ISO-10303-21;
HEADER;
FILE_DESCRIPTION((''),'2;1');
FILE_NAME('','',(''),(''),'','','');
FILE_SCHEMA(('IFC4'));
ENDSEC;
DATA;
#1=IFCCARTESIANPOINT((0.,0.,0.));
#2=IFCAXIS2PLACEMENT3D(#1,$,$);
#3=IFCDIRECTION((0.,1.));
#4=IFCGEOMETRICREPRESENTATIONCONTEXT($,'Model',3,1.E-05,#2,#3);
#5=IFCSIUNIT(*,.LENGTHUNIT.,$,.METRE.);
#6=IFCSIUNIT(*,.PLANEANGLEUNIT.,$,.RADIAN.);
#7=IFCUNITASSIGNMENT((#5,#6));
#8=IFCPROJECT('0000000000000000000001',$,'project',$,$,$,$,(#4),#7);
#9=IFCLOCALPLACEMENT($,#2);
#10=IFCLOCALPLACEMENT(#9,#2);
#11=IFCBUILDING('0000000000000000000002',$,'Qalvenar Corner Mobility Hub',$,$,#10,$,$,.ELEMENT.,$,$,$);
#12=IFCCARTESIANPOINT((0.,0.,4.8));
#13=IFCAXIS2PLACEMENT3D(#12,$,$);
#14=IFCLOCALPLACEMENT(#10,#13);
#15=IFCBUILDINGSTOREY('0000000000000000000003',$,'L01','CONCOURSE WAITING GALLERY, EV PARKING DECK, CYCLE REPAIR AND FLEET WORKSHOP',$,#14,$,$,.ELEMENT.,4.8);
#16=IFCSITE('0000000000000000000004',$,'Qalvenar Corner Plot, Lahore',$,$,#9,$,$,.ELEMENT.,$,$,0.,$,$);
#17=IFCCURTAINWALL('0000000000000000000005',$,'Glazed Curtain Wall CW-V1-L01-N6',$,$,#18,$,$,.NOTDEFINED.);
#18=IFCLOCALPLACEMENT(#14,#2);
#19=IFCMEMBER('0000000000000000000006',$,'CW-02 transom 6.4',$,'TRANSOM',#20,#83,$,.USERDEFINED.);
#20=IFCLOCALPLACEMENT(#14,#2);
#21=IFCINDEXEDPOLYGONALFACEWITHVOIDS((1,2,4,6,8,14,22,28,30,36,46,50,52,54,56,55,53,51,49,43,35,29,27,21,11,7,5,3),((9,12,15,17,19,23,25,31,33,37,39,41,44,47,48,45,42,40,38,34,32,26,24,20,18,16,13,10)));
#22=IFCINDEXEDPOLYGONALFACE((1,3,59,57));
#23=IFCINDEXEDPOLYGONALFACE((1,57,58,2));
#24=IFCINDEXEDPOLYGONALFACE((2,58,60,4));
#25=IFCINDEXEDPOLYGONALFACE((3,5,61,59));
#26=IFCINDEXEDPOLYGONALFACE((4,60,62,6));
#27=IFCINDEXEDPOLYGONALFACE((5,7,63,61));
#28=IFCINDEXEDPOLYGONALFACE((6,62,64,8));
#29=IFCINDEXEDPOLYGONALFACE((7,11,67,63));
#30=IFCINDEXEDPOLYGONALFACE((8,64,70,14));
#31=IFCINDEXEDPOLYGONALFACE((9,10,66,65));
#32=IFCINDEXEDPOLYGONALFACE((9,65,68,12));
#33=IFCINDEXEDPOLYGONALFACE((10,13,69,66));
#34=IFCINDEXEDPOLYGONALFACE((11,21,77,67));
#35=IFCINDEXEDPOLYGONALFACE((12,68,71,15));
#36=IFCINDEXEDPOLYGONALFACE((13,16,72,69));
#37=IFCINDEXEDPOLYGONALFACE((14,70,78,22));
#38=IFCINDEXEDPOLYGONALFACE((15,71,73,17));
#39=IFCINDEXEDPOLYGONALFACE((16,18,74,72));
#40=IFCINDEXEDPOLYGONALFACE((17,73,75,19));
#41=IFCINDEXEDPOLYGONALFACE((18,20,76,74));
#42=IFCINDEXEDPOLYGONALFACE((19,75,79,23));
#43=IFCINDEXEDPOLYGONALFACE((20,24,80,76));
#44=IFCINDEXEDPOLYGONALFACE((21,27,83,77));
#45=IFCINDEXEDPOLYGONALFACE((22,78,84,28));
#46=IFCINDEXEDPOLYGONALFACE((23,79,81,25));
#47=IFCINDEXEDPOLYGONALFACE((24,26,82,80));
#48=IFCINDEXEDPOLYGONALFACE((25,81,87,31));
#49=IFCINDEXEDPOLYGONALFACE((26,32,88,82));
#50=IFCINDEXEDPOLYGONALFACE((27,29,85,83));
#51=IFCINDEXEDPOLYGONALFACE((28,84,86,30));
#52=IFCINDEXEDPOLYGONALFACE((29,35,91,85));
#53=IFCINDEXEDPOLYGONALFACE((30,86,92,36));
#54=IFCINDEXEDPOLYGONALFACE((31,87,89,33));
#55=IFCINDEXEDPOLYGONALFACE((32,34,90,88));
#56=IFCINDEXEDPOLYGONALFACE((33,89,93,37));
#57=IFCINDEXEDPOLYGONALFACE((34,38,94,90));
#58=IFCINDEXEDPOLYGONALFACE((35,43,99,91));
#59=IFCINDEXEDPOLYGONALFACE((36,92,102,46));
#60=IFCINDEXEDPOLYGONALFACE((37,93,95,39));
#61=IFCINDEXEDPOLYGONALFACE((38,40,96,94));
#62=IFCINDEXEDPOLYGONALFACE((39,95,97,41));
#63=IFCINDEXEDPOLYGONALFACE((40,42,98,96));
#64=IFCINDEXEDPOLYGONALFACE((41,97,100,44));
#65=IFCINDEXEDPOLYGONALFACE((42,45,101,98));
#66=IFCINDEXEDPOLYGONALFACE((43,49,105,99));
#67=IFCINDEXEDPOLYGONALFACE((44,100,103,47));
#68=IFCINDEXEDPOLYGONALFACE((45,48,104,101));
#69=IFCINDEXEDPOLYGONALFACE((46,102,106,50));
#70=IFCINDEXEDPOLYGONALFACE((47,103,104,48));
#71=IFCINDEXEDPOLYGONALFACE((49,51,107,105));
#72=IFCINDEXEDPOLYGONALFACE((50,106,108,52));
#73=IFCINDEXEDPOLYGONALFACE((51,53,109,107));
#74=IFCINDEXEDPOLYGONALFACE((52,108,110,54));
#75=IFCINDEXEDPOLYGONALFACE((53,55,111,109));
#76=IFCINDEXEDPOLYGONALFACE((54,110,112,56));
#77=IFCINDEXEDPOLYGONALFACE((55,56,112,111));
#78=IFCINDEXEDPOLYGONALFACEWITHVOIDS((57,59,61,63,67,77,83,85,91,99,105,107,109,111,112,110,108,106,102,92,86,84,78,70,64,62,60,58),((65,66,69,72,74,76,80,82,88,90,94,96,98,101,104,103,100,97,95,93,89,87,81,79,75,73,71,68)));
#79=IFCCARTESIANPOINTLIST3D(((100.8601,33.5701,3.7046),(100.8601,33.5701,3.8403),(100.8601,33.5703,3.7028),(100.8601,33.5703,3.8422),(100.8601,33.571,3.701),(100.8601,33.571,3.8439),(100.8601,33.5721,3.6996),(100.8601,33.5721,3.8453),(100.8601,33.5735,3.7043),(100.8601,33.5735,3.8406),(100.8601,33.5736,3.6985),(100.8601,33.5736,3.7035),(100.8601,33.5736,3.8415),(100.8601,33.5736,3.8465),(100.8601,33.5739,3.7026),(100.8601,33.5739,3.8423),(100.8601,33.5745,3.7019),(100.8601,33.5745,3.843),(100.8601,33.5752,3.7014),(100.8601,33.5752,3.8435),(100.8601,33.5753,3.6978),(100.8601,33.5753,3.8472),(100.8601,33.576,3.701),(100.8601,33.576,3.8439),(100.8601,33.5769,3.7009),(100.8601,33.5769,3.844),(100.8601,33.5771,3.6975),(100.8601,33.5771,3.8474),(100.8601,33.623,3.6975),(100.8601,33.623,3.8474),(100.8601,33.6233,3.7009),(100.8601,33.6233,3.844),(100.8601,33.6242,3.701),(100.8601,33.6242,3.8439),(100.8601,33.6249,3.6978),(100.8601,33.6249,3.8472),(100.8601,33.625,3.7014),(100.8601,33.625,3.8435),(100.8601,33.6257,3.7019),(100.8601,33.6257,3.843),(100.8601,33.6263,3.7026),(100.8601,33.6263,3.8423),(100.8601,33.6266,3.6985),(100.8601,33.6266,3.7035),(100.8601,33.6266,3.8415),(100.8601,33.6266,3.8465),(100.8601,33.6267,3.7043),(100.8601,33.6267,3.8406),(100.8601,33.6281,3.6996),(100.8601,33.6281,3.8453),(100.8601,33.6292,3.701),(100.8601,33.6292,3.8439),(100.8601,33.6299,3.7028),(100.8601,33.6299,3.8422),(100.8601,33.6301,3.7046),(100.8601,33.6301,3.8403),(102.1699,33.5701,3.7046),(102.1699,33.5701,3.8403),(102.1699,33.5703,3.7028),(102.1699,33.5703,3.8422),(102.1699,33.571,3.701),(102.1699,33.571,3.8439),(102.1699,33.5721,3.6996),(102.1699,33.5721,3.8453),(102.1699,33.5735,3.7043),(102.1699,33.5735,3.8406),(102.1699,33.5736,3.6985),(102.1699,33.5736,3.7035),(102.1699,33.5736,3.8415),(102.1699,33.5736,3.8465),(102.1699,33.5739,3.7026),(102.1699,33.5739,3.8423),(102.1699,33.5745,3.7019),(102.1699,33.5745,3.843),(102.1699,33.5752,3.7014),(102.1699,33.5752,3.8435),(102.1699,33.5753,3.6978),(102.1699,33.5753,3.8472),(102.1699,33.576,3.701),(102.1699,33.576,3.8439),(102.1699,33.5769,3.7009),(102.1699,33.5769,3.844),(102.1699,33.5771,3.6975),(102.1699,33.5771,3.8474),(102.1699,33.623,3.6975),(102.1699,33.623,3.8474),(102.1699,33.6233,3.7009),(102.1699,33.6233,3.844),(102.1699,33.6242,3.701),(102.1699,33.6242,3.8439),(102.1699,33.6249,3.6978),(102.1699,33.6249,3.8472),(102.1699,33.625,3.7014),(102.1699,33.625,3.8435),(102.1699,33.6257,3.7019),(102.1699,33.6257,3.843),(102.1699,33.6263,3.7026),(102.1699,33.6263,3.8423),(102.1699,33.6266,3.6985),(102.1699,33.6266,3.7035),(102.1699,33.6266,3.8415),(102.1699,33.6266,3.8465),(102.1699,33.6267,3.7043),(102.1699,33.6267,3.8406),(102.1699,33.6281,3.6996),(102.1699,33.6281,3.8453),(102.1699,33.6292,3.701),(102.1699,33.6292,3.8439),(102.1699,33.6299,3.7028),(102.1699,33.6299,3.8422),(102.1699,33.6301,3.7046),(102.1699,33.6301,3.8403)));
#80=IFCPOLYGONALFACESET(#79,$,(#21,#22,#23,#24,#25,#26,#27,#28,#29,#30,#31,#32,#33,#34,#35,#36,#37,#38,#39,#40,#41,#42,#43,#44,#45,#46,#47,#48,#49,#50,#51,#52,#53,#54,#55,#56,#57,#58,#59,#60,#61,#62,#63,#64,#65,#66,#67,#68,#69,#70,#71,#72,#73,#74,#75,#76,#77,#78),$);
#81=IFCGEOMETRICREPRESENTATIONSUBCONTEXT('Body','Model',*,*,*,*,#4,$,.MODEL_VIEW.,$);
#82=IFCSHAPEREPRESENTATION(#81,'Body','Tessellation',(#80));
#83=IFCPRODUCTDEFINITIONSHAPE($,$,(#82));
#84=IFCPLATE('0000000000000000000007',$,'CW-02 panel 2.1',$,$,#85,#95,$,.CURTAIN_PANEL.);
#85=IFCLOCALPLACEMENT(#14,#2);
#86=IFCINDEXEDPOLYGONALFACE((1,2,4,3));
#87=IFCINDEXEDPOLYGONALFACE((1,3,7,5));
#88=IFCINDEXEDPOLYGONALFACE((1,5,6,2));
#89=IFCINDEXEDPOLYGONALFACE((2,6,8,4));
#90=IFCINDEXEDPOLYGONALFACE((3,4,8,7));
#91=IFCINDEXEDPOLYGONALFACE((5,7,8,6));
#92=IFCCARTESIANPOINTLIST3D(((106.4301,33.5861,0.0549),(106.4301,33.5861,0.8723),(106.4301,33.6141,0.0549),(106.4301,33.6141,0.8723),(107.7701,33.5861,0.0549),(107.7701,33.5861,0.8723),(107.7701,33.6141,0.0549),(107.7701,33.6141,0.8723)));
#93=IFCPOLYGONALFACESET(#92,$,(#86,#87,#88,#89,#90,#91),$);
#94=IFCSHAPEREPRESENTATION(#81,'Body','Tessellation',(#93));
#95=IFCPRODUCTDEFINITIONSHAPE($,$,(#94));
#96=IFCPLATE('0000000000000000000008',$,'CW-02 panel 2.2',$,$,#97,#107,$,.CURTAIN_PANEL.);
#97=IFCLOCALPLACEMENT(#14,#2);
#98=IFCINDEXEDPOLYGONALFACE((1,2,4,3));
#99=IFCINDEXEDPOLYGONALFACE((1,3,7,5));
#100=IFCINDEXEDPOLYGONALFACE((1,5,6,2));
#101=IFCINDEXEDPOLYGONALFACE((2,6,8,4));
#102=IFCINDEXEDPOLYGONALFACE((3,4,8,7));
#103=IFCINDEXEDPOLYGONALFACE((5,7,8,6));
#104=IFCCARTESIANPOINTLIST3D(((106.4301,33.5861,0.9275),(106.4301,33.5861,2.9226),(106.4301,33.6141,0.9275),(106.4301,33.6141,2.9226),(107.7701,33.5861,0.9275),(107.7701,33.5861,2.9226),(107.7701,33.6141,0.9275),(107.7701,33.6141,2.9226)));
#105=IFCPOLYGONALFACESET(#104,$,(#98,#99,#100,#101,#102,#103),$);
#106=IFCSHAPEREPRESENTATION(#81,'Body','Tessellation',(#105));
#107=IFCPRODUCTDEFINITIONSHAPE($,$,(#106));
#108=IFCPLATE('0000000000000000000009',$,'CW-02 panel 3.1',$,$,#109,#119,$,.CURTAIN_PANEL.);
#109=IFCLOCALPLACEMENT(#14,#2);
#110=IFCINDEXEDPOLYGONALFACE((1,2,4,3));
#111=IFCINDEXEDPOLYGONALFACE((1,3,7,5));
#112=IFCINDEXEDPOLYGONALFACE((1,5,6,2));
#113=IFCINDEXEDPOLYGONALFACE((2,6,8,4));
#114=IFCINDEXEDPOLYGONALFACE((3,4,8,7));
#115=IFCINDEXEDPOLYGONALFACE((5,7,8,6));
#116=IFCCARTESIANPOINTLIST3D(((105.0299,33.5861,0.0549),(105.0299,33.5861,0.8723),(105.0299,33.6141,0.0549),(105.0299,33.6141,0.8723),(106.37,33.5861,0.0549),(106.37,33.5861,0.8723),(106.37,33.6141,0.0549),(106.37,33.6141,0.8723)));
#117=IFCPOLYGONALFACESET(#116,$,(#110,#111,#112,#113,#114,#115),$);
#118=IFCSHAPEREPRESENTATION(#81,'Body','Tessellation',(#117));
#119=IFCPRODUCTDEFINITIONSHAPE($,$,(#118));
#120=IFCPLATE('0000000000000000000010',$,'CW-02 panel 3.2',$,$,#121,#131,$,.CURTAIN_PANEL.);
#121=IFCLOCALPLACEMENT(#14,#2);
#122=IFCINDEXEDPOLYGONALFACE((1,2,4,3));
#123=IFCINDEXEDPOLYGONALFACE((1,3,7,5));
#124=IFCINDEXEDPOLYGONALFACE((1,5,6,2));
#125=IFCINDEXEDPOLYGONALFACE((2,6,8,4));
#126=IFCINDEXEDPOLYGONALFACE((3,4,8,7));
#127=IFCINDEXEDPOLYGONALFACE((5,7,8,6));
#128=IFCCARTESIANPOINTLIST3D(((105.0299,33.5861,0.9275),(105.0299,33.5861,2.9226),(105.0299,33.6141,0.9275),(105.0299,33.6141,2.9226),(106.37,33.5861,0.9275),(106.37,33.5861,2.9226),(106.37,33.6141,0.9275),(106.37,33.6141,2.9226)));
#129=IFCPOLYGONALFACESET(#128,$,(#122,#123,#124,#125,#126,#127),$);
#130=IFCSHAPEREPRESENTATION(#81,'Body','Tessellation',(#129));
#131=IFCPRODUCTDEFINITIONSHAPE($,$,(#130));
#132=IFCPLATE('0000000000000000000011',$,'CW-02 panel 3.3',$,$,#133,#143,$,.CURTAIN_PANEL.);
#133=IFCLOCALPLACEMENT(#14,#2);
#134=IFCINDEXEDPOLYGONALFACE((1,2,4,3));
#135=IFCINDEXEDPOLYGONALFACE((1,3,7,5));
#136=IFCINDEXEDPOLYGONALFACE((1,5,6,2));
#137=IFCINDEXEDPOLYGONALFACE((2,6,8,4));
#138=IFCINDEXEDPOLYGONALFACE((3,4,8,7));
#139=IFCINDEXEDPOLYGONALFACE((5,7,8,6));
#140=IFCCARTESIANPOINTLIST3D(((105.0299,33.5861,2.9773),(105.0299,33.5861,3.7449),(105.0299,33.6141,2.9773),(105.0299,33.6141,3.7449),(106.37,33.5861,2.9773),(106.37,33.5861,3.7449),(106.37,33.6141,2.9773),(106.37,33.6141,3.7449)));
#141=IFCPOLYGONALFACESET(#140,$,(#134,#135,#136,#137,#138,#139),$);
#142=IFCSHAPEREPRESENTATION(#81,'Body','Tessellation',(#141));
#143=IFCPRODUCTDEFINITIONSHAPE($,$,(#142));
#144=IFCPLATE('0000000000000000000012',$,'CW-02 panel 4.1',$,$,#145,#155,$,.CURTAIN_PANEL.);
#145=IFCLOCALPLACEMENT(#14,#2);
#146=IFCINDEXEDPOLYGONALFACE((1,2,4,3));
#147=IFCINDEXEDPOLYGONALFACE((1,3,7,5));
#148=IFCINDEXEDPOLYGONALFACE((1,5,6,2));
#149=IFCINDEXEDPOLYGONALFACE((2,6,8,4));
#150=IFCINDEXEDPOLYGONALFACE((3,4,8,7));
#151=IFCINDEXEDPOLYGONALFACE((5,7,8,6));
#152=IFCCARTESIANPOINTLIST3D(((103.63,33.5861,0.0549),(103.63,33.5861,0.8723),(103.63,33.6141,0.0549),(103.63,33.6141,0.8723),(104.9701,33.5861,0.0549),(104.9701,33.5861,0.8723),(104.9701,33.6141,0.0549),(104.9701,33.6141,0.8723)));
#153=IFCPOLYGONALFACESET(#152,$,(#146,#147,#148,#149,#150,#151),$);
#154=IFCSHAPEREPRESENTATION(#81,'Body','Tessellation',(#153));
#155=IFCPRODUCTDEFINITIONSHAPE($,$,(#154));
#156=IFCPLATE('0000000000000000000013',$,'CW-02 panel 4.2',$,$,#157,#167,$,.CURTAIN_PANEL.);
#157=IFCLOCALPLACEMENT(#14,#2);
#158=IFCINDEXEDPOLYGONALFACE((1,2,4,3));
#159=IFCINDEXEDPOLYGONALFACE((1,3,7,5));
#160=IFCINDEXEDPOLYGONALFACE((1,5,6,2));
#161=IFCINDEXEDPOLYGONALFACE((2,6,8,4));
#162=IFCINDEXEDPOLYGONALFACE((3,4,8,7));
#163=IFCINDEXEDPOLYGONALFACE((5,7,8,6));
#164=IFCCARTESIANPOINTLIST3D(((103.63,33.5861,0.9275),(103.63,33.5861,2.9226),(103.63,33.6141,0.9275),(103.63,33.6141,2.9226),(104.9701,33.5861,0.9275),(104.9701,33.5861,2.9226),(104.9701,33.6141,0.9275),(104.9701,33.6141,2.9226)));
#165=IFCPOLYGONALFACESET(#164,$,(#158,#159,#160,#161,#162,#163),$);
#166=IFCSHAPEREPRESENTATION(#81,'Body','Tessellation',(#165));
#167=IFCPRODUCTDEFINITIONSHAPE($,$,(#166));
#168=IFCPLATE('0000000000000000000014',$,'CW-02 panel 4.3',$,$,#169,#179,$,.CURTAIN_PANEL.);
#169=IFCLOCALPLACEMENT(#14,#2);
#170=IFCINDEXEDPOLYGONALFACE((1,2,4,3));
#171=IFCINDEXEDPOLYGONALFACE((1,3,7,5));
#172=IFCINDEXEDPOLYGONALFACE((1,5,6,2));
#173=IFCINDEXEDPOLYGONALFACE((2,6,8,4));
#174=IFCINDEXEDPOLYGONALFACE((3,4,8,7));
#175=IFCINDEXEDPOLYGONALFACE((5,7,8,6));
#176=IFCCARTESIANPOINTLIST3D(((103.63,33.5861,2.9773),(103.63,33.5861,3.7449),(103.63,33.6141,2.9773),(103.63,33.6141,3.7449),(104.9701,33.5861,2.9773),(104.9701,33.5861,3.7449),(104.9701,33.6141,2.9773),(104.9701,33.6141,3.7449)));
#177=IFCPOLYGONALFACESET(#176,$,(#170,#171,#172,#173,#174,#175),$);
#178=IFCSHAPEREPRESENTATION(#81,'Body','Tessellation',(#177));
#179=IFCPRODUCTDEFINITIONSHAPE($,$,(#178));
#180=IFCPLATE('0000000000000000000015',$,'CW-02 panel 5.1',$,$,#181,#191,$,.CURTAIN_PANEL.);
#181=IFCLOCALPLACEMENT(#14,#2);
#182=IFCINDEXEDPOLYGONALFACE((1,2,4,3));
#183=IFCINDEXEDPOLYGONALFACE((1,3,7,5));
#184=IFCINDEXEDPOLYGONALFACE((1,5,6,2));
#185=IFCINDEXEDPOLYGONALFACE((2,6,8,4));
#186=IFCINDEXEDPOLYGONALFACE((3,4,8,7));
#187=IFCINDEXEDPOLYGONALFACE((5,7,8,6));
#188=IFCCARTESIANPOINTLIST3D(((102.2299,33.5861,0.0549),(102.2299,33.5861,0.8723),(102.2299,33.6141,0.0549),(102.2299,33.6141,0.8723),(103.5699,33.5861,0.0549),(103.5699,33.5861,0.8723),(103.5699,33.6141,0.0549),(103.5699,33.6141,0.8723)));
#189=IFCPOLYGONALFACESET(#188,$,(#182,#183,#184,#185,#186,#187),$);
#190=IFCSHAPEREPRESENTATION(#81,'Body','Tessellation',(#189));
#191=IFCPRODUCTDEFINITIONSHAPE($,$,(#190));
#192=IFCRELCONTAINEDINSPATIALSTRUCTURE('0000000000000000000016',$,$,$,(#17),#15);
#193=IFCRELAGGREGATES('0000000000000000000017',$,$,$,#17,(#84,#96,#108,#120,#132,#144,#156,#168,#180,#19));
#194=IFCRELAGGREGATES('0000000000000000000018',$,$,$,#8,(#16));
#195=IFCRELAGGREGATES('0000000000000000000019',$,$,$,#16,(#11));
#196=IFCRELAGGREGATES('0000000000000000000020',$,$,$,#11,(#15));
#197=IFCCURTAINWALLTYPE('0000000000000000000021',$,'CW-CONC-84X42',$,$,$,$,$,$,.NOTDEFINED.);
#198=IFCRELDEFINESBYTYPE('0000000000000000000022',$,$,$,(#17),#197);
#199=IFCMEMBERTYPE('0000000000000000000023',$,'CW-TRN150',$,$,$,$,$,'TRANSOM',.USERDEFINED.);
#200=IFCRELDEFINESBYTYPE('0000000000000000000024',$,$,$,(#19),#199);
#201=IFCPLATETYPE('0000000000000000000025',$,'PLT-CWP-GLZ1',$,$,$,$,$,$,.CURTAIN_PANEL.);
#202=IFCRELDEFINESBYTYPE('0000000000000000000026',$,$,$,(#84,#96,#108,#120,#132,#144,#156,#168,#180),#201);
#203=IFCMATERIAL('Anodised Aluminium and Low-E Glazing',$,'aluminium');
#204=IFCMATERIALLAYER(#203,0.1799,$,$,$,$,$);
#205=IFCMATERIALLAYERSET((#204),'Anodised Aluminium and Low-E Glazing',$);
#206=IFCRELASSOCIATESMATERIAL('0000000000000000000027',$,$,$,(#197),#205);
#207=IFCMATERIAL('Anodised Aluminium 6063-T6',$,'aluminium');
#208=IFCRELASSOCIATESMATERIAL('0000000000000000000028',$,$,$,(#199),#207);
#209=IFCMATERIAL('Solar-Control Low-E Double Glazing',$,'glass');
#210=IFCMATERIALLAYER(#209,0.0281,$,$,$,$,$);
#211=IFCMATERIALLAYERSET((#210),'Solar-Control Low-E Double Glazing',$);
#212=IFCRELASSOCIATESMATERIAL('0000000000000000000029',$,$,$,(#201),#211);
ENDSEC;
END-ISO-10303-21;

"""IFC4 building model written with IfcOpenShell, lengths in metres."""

from ifc_helpers import new_model, si_unit, direction, frame, origin, origin_2d, place, context, subcontext, project, spatial, rectangle, hollow_rectangle, extrude, material, layer, layer_set, material_profile, profile_set, type_object, element, aggregate, save


model = new_model("IFC4")

# Units and contexts
model_context = context("Model", 3, precision=1e-05, world=origin(), true_north=direction((0.0, 1.0)))
body_context = subcontext(model_context, "Body", "Model", "MODEL_VIEW")
ifc_project = project(units=[si_unit("LENGTHUNIT", "METRE"), si_unit("PLANEANGLEUNIT", "RADIAN")], contexts=[model_context])

# Site, building, storey
site_placement = place(None, origin())
site = spatial("IfcSite", under=ifc_project, at=site_placement, Name="Qalvenar Corner Plot, Lahore", CompositionType="ELEMENT", RefElevation=0.0)
building_placement = place(site_placement, origin())
building = spatial("IfcBuilding", under=site, at=building_placement, Name="Qalvenar Corner Mobility Hub", CompositionType="ELEMENT")
storey_placement = place(building_placement, frame((0.0, 0.0, 4.8)))
storey = spatial("IfcBuildingStorey", under=building, at=storey_placement, Name="L01", Description="CONCOURSE WAITING GALLERY, EV PARKING DECK, CYCLE REPAIR AND FLEET WORKSHOP", CompositionType="ELEMENT", Elevation=4.8)

# Curtain wall, member, plates
ifc_material_1 = material(Name="Anodised Aluminium and Low-E Glazing", Category="aluminium")
ifc_layer_1 = layer(ifc_material_1, 0.1799)
ifc_layer_set_1 = layer_set([ifc_layer_1], Name="Anodised Aluminium and Low-E Glazing")
curtain_wall_type = type_object("IfcCurtainWallType", Name="CW-CONC-84X42", PredefinedType="NOTDEFINED", material=ifc_layer_set_1)
curtain_wall_placement = place(storey_placement, origin())
curtain_wall = element("IfcCurtainWall", 1, at=curtain_wall_placement, inside=storey, type_object=curtain_wall_type, Name="Glazed Curtain Wall CW-V1-L01-N6", PredefinedType="NOTDEFINED")
ifc_material_2 = material(Name="Anodised Aluminium 6063-T6", Category="aluminium")
ifc_material_profile_1 = material_profile(ifc_material_2, hollow_rectangle(XDim=0.0601, YDim=0.1499, WallThickness=0.0034, InnerFilletRadius=0.0034, OuterFilletRadius=0.0071, at=origin_2d()), Name="RHS150x60x3.5")
ifc_profile_set_1 = profile_set([ifc_material_profile_1], Name="Anodised Aluminium 6063-T6")
member_type_1 = type_object("IfcMemberType", Name="CW-TRN150", ElementType="TRANSOM", PredefinedType="USERDEFINED", material=ifc_profile_set_1)
member_1_placement = place(storey_placement, frame((102.1699, 33.6001, 3.7725), z_axis=(-1.0, 0.0, 0.0), x_axis=(0.0, -1.0, 0.0)))
member_1 = element("IfcMember", 2, at=member_1_placement, type_object=member_type_1, Name="CW-02 transom 6.4", ObjectType="TRANSOM", PredefinedType="USERDEFINED", context=body_context, shape_type="SweptSolid", body=[
    extrude(hollow_rectangle(XDim=0.0601, YDim=0.1499, WallThickness=0.0034, InnerFilletRadius=0.0034, OuterFilletRadius=0.0071, at=origin_2d()), origin(), (0.0, 0.0, 1.0), 1.3098),
])
ifc_material_3 = material(Name="Solar-Control Low-E Double Glazing", Category="glass")
ifc_layer_2 = layer(ifc_material_3, 0.0281)
ifc_layer_set_2 = layer_set([ifc_layer_2], Name="Solar-Control Low-E Double Glazing")
plate_type = type_object("IfcPlateType", Name="PLT-CWP-GLZ1", PredefinedType="CURTAIN_PANEL", material=ifc_layer_set_2)
plate_1_placement = place(storey_placement, frame((107.1001, 33.6001, 0.0549), z_axis=(0.0, 0.0, 1.0), x_axis=(-1.0, 0.0, 0.0)))
plate_1 = element("IfcPlate", 3, at=plate_1_placement, type_object=plate_type, Name="CW-02 panel 2.1", PredefinedType="CURTAIN_PANEL", context=body_context, shape_type="SweptSolid", body=[
    extrude(rectangle(XDim=1.3401, YDim=0.0281, at=origin_2d()), origin(), (0.0, 0.0, 1.0), 0.8174),
])
plate_2_placement = place(storey_placement, frame((107.1001, 33.6001, 0.9275), z_axis=(0.0, 0.0, 1.0), x_axis=(-1.0, 0.0, 0.0)))
plate_2 = element("IfcPlate", 4, at=plate_2_placement, type_object=plate_type, Name="CW-02 panel 2.2", PredefinedType="CURTAIN_PANEL", context=body_context, shape_type="SweptSolid", body=[
    extrude(rectangle(XDim=1.3401, YDim=0.0281, at=origin_2d()), origin(), (0.0, 0.0, 1.0), 1.9951),
])
plate_3_placement = place(storey_placement, frame((105.7, 33.6001, 0.0549), z_axis=(0.0, 0.0, 1.0), x_axis=(-1.0, 0.0, 0.0)))
plate_3 = element("IfcPlate", 5, at=plate_3_placement, type_object=plate_type, Name="CW-02 panel 3.1", PredefinedType="CURTAIN_PANEL", context=body_context, shape_type="SweptSolid", body=[
    extrude(rectangle(XDim=1.3401, YDim=0.0281, at=origin_2d()), origin(), (0.0, 0.0, 1.0), 0.8174),
])
plate_4_placement = place(storey_placement, frame((105.7, 33.6001, 0.9275), z_axis=(0.0, 0.0, 1.0), x_axis=(-1.0, 0.0, 0.0)))
plate_4 = element("IfcPlate", 6, at=plate_4_placement, type_object=plate_type, Name="CW-02 panel 3.2", PredefinedType="CURTAIN_PANEL", context=body_context, shape_type="SweptSolid", body=[
    extrude(rectangle(XDim=1.3401, YDim=0.0281, at=origin_2d()), origin(), (0.0, 0.0, 1.0), 1.9951),
])
plate_5_placement = place(storey_placement, frame((105.7, 33.6001, 2.9773), z_axis=(0.0, 0.0, 1.0), x_axis=(-1.0, 0.0, 0.0)))
plate_5 = element("IfcPlate", 7, at=plate_5_placement, type_object=plate_type, Name="CW-02 panel 3.3", PredefinedType="CURTAIN_PANEL", context=body_context, shape_type="SweptSolid", body=[
    extrude(rectangle(XDim=1.3401, YDim=0.0281, at=origin_2d()), origin(), (0.0, 0.0, 1.0), 0.7676),
])
plate_6_placement = place(storey_placement, frame((104.3, 33.6001, 0.0549), z_axis=(0.0, 0.0, 1.0), x_axis=(-1.0, 0.0, 0.0)))
plate_6 = element("IfcPlate", 8, at=plate_6_placement, type_object=plate_type, Name="CW-02 panel 4.1", PredefinedType="CURTAIN_PANEL", context=body_context, shape_type="SweptSolid", body=[
    extrude(rectangle(XDim=1.3401, YDim=0.0281, at=origin_2d()), origin(), (0.0, 0.0, 1.0), 0.8174),
])
plate_7_placement = place(storey_placement, frame((104.3, 33.6001, 0.9275), z_axis=(0.0, 0.0, 1.0), x_axis=(-1.0, 0.0, 0.0)))
plate_7 = element("IfcPlate", 9, at=plate_7_placement, type_object=plate_type, Name="CW-02 panel 4.2", PredefinedType="CURTAIN_PANEL", context=body_context, shape_type="SweptSolid", body=[
    extrude(rectangle(XDim=1.3401, YDim=0.0281, at=origin_2d()), origin(), (0.0, 0.0, 1.0), 1.9951),
])
plate_8_placement = place(storey_placement, frame((104.3, 33.6001, 2.9773), z_axis=(0.0, 0.0, 1.0), x_axis=(-1.0, 0.0, 0.0)))
plate_8 = element("IfcPlate", 10, at=plate_8_placement, type_object=plate_type, Name="CW-02 panel 4.3", PredefinedType="CURTAIN_PANEL", context=body_context, shape_type="SweptSolid", body=[
    extrude(rectangle(XDim=1.3401, YDim=0.0281, at=origin_2d()), origin(), (0.0, 0.0, 1.0), 0.7676),
])
plate_9_placement = place(storey_placement, frame((102.8999, 33.6001, 0.0549), z_axis=(0.0, 0.0, 1.0), x_axis=(-1.0, 0.0, 0.0)))
plate_9 = element("IfcPlate", 11, at=plate_9_placement, type_object=plate_type, Name="CW-02 panel 5.1", PredefinedType="CURTAIN_PANEL", context=body_context, shape_type="SweptSolid", body=[
    extrude(rectangle(XDim=1.3401, YDim=0.0281, at=origin_2d()), origin(), (0.0, 0.0, 1.0), 0.8174),
])
aggregate(curtain_wall, [plate_1, plate_2, plate_3, plate_4, plate_5, plate_6, plate_7, plate_8, plate_9, member_1])

save(model, "model.ifc")
